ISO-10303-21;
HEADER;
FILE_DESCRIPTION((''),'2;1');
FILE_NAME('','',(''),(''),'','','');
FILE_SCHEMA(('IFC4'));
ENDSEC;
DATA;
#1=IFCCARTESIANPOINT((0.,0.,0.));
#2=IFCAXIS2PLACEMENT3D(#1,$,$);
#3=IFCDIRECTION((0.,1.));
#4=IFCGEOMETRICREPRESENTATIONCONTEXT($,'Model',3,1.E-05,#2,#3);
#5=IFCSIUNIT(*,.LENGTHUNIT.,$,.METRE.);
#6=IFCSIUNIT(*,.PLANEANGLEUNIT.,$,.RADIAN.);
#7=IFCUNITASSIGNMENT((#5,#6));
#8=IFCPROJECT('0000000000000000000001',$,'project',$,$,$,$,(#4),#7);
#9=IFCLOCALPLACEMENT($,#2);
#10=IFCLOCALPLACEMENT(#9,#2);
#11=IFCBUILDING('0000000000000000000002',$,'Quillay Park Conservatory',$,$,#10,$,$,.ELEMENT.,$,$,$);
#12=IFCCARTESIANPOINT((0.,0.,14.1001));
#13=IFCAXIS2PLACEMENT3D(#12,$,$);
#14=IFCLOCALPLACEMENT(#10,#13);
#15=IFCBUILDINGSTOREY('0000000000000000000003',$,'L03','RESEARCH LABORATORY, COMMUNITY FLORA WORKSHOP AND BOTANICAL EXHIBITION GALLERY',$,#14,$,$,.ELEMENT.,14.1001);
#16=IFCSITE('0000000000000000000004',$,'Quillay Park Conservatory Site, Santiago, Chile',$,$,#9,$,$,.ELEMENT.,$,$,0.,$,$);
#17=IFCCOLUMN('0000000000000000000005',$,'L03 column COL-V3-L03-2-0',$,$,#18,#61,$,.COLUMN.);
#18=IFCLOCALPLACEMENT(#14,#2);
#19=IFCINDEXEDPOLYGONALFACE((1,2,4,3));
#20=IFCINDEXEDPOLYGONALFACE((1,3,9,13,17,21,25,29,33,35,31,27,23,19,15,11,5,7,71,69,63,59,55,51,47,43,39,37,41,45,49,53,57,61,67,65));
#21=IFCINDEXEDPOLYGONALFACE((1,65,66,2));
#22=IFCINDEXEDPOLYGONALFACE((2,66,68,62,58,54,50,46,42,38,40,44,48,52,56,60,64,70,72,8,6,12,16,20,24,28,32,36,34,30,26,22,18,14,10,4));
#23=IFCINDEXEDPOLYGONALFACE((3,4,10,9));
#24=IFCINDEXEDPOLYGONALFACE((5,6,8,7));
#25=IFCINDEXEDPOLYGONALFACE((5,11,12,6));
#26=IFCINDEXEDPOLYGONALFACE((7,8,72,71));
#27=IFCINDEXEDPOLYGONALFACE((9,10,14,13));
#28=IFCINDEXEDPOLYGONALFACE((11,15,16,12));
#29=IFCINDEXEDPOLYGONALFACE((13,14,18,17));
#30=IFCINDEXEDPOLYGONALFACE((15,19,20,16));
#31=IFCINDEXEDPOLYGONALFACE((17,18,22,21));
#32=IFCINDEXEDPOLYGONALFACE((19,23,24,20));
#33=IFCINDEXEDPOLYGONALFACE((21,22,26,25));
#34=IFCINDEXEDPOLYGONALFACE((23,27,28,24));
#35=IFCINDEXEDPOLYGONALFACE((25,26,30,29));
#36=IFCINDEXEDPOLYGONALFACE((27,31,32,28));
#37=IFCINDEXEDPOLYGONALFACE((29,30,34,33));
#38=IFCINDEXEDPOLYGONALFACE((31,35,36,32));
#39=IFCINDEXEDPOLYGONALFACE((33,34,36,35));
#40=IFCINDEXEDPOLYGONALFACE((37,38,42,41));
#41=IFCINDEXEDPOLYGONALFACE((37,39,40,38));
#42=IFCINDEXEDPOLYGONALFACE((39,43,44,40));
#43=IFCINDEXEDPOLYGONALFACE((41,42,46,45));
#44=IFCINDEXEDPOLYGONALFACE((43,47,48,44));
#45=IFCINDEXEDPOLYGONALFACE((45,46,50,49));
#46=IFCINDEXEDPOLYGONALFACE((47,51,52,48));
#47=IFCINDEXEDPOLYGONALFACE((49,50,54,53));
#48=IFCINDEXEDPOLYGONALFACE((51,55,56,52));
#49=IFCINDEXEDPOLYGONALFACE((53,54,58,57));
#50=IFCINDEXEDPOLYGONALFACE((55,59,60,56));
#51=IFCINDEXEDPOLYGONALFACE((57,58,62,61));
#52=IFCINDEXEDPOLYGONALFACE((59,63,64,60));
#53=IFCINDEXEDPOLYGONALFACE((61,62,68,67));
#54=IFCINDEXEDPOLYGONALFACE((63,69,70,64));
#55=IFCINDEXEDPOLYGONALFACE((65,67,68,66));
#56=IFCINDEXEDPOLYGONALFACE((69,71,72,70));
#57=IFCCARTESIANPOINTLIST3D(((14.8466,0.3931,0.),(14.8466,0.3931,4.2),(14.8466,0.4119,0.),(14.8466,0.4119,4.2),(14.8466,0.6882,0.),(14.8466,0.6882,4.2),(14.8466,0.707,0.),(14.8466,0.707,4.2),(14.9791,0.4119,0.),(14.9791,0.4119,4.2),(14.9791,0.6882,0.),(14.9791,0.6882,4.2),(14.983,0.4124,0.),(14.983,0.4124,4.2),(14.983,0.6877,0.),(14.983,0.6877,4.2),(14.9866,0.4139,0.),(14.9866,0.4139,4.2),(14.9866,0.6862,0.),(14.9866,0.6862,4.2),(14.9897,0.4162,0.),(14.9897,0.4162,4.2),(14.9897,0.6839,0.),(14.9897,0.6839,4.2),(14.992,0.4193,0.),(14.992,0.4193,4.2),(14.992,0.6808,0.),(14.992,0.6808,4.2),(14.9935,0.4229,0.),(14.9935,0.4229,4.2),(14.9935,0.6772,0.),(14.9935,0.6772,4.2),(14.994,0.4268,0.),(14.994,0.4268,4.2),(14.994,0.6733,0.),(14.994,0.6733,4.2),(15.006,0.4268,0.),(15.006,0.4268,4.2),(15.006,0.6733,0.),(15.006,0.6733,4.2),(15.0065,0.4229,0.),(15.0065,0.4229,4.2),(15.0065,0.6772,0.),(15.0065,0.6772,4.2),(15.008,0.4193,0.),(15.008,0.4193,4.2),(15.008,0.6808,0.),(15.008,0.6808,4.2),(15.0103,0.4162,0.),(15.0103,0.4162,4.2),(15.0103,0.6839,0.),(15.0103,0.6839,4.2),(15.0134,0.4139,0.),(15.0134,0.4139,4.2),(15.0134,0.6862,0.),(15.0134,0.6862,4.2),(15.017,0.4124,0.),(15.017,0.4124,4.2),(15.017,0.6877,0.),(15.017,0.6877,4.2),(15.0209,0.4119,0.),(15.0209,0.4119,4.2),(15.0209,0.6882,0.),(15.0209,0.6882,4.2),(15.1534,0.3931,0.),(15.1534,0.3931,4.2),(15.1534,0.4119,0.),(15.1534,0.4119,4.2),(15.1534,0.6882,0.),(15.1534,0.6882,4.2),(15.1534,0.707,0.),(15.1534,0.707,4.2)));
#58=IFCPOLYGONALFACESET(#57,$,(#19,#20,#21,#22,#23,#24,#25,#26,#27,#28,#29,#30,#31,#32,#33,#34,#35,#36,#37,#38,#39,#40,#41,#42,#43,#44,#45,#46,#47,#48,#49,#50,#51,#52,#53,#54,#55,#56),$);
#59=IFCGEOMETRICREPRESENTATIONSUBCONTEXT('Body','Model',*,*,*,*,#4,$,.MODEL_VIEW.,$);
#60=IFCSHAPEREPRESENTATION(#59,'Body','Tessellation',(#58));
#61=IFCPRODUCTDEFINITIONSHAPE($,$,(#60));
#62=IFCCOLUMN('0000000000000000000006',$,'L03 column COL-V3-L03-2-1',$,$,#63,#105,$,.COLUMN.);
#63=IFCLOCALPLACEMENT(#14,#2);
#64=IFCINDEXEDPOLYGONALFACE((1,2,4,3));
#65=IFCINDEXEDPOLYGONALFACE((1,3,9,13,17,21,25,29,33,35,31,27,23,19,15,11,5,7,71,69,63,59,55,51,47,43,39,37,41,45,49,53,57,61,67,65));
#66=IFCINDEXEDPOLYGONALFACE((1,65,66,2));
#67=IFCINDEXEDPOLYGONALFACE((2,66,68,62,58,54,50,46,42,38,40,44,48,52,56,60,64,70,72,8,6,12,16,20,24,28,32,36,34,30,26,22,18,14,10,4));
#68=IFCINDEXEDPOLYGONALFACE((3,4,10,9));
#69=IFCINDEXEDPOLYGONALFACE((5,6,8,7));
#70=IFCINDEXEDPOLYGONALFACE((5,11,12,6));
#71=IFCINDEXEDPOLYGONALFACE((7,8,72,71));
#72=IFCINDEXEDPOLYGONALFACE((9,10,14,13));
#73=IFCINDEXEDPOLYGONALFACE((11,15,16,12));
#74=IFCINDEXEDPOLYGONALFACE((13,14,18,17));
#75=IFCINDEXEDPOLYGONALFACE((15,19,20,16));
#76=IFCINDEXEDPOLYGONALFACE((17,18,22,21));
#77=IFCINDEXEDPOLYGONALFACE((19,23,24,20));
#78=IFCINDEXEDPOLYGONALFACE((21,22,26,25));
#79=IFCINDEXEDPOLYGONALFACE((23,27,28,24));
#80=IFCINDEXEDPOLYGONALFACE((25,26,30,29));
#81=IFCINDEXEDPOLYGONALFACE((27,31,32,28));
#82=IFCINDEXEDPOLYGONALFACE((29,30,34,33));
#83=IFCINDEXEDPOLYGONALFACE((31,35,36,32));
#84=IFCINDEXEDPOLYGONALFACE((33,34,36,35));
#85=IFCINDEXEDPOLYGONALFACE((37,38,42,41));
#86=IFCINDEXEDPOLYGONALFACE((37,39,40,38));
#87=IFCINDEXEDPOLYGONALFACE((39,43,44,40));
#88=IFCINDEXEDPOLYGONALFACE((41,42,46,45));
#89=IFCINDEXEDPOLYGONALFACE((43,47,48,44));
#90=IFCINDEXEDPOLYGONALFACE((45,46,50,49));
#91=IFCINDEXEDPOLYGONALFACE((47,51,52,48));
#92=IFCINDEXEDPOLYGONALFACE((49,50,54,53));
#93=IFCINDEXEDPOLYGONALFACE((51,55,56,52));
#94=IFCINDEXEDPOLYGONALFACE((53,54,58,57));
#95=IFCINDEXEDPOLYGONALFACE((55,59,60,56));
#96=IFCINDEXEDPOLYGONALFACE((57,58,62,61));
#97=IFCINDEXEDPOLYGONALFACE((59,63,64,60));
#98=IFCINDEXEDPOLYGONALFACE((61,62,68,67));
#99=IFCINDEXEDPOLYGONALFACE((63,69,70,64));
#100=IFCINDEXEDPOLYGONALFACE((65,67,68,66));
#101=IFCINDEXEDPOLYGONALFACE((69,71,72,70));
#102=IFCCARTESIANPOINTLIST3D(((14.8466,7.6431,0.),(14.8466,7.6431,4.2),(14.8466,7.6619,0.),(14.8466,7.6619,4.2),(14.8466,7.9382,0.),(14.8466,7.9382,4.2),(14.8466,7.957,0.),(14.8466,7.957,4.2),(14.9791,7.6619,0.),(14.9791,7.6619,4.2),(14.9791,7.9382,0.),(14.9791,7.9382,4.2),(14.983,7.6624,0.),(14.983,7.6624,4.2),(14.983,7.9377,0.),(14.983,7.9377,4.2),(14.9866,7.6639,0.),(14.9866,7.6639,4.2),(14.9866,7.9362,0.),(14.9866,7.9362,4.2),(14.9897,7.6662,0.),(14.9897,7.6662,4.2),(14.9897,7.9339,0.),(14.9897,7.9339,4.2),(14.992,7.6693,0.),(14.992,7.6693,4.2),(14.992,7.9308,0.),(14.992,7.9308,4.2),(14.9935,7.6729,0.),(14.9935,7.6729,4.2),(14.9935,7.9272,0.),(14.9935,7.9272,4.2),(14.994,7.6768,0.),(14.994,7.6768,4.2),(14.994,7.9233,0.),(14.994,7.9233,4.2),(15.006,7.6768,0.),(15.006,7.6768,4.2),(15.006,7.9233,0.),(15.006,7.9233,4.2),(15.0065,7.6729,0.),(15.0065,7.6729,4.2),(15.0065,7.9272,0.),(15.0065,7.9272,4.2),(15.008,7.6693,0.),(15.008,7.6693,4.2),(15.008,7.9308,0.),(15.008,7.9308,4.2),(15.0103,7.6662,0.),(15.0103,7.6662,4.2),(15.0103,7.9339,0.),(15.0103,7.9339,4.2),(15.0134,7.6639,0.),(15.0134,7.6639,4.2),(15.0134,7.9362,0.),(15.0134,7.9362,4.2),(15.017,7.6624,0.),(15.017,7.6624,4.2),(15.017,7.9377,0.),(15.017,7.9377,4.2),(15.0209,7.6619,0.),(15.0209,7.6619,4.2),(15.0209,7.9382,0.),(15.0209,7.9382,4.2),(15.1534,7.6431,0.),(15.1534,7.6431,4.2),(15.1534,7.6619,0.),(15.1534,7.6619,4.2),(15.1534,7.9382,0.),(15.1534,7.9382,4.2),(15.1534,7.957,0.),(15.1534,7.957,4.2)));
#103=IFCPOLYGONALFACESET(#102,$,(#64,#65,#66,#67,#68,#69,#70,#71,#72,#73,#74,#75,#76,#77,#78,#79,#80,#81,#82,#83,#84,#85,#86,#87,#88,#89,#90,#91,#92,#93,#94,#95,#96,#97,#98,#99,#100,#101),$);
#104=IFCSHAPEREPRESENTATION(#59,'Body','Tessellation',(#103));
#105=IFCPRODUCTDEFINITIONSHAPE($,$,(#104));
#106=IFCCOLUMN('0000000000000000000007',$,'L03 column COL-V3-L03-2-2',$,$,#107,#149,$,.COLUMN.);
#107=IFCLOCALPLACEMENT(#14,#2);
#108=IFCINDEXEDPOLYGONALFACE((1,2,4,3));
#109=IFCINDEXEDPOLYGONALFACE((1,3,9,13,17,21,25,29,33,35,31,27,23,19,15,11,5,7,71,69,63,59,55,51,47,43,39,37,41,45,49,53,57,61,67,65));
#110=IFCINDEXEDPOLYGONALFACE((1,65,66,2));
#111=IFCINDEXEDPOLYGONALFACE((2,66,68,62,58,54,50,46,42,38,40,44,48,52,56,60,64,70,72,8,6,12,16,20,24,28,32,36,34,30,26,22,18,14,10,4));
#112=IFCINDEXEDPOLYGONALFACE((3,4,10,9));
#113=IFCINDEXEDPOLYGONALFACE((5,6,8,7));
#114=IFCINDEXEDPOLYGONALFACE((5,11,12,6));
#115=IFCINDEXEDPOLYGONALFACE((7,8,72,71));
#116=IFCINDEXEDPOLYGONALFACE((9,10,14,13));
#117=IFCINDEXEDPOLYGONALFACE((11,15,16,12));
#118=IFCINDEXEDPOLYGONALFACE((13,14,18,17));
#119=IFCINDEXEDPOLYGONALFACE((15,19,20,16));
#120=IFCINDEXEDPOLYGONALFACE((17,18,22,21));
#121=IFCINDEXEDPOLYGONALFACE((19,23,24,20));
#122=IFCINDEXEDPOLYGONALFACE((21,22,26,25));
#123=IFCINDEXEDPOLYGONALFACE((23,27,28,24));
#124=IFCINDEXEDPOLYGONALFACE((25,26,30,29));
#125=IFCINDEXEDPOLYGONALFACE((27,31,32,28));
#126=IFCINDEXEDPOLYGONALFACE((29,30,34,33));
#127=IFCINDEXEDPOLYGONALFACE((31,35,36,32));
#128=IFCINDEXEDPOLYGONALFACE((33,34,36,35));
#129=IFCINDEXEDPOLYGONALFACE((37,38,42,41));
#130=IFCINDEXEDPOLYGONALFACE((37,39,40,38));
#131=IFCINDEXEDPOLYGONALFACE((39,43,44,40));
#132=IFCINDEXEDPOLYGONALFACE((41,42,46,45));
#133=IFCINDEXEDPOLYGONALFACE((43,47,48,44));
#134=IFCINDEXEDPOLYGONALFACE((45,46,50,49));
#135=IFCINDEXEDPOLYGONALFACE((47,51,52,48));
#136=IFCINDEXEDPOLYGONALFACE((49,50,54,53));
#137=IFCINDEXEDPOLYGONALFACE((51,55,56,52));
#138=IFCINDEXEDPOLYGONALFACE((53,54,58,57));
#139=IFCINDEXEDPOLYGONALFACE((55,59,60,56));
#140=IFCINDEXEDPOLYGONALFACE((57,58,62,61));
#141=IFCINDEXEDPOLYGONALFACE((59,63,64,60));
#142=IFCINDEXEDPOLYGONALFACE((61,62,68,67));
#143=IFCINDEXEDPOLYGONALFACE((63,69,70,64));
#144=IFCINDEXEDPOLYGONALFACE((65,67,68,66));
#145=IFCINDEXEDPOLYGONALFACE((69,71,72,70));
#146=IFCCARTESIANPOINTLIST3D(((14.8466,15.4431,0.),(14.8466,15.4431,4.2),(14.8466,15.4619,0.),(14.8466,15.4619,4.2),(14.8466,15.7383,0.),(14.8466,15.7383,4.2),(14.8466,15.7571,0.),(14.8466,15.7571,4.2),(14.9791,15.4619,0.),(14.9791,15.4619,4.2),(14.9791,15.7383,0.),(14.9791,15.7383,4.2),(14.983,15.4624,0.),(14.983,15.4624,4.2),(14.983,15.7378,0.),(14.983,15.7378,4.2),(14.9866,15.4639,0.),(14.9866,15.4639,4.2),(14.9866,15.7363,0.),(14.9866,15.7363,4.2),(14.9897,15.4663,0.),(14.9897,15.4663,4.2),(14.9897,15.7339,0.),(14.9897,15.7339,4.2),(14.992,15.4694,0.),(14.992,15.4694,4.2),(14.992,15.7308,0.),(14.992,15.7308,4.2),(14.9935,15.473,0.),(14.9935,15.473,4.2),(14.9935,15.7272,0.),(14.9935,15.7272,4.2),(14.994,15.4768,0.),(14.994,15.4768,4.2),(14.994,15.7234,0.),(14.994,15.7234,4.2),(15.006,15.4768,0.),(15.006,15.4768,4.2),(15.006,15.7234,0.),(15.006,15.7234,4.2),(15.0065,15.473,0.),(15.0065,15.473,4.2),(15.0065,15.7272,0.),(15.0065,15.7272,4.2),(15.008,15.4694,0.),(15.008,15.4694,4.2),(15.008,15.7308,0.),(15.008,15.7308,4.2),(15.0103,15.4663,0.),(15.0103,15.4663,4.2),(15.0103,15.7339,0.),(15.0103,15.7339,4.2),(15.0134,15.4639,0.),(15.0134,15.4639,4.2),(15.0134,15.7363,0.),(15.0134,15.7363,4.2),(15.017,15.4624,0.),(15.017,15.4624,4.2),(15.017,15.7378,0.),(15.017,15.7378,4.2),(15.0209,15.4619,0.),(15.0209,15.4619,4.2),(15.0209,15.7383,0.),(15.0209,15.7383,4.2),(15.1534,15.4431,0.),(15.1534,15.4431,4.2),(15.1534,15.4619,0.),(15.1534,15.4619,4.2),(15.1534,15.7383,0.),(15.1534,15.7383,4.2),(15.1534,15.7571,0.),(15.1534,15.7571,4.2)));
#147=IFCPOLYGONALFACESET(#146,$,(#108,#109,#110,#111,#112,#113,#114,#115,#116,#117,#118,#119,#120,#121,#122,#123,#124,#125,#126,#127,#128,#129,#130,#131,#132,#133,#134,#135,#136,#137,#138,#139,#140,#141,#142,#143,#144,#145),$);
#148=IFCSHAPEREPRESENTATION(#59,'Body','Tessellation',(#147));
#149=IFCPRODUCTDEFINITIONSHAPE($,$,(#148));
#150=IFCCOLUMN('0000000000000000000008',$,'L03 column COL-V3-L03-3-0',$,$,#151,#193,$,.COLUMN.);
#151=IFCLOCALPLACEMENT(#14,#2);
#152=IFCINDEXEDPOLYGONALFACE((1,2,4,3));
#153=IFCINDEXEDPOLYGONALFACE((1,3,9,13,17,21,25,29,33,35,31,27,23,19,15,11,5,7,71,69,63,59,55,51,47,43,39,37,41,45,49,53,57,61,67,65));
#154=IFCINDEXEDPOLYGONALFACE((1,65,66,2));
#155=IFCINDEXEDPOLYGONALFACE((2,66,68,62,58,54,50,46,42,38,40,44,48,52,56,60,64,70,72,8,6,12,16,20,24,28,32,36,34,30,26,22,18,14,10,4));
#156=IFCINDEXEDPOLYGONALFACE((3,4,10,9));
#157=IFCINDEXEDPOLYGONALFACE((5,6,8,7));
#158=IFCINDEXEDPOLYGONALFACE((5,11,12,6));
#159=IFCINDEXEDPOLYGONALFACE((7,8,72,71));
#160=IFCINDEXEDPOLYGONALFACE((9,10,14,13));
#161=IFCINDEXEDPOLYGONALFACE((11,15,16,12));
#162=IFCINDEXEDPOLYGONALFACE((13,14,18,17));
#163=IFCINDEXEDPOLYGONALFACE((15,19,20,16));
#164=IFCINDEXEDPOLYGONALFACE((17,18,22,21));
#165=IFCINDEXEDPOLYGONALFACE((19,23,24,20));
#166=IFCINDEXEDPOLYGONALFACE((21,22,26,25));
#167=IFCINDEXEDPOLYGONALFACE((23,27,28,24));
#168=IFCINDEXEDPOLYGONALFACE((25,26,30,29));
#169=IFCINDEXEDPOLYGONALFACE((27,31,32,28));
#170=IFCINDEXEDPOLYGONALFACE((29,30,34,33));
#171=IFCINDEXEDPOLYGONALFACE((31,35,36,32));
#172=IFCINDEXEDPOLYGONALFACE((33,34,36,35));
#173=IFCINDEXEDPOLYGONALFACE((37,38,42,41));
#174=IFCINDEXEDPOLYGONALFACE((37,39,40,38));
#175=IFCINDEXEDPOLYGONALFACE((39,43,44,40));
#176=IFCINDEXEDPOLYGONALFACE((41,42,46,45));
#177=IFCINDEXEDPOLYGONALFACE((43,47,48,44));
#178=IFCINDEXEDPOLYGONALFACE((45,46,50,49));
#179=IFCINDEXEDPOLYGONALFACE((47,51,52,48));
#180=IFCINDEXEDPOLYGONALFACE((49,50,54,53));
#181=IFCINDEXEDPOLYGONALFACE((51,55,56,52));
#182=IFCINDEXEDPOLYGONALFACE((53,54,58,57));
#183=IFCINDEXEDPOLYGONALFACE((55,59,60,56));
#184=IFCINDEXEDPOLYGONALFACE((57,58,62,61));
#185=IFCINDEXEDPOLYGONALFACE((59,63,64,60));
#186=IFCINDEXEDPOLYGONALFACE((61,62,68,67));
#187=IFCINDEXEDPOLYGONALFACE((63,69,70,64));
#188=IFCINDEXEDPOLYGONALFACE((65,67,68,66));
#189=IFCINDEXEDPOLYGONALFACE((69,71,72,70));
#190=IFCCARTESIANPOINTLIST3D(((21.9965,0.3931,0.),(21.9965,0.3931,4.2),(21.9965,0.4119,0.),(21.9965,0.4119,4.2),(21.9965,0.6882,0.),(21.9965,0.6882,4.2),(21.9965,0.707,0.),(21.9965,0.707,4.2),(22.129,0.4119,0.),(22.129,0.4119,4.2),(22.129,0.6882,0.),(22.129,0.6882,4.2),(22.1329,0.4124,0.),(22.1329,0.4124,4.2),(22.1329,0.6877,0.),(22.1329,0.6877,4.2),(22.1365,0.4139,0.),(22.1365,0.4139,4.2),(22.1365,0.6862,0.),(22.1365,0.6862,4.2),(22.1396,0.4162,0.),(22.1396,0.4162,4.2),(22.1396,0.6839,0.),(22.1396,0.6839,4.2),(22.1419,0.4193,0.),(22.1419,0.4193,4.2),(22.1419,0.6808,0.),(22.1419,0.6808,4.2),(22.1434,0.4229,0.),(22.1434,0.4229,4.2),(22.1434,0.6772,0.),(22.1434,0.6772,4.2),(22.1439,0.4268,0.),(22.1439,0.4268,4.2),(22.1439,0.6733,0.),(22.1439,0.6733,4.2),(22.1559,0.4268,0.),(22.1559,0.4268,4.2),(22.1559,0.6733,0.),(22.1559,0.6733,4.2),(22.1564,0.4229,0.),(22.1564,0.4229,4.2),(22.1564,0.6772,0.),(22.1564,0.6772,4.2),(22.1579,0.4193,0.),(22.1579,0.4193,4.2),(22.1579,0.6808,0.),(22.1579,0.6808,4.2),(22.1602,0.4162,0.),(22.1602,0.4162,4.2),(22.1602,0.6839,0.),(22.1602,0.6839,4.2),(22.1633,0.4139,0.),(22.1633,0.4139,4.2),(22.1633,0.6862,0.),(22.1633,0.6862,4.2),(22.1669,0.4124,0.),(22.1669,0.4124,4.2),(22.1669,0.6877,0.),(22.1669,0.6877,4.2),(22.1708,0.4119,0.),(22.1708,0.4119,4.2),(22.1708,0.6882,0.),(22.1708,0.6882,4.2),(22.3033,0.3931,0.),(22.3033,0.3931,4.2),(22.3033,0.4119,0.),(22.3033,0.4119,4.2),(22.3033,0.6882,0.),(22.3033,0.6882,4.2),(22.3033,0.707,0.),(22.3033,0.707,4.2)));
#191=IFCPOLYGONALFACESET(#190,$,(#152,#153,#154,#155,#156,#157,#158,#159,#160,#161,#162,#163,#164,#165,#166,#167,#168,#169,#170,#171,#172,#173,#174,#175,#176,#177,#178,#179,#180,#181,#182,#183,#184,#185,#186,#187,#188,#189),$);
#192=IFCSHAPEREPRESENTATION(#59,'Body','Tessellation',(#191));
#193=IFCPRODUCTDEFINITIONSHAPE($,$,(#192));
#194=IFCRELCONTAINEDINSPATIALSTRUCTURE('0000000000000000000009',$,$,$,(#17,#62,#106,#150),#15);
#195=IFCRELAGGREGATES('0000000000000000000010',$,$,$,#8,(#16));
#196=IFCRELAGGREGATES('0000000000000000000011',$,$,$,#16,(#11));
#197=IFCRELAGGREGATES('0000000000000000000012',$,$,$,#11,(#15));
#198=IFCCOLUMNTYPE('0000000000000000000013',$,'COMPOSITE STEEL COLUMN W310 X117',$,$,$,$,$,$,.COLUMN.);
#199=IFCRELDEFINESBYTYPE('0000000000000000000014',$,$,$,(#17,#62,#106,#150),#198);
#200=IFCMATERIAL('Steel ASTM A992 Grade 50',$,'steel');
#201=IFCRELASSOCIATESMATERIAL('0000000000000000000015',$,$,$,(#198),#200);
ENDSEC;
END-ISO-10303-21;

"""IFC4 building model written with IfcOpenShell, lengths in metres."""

from ifc_helpers import new_model, si_unit, direction, frame, origin, origin_2d, place, context, subcontext, project, spatial, i_section, extrude, material, material_profile, profile_set, type_object, element, save


model = new_model("IFC4")

# Units and contexts
model_context = context("Model", 3, precision=1e-05, world=origin(), true_north=direction((0.0, 1.0)))
body_context = subcontext(model_context, "Body", "Model", "MODEL_VIEW")
ifc_project = project(units=[si_unit("LENGTHUNIT", "METRE"), si_unit("PLANEANGLEUNIT", "RADIAN")], contexts=[model_context])

# Site, building, storey
site_placement = place(None, origin())
site = spatial("IfcSite", under=ifc_project, at=site_placement, Name="Quillay Park Conservatory Site, Santiago, Chile", CompositionType="ELEMENT", RefElevation=0.0)
building_placement = place(site_placement, origin())
building = spatial("IfcBuilding", under=site, at=building_placement, Name="Quillay Park Conservatory", CompositionType="ELEMENT")
storey_placement = place(building_placement, frame((0.0, 0.0, 14.1001)))
storey = spatial("IfcBuildingStorey", under=building, at=storey_placement, Name="L03", Description="RESEARCH LABORATORY, COMMUNITY FLORA WORKSHOP AND BOTANICAL EXHIBITION GALLERY", CompositionType="ELEMENT", Elevation=14.1001)

# Columns
ifc_material_1 = material(Name="Steel ASTM A992 Grade 50", Category="steel")
ifc_material_profile_1 = material_profile(ifc_material_1, i_section(OverallWidth=0.3069, OverallDepth=0.314, WebThickness=0.012, FlangeThickness=0.0188, FilletRadius=0.0149, at=origin_2d()), Name="W310x117")
ifc_profile_set_1 = profile_set([ifc_material_profile_1], Name="Steel ASTM A992 Grade 50")
column_type = type_object("IfcColumnType", Name="COMPOSITE STEEL COLUMN W310 X117", PredefinedType="COLUMN", material=ifc_profile_set_1)
for number, where, z_axis, x_axis, name in (
    (1, (15.0, 0.55, 0.0), (0.0, 0.0, 1.0), (1.0, 0.0, 0.0), "L03 column COL-V3-L03-2-0"),
    (2, (15.0, 7.8, 0.0), (0.0, 0.0, 1.0), (1.0, 0.0, 0.0), "L03 column COL-V3-L03-2-1"),
    (3, (15.0, 15.6001, 0.0), (0.0, 0.0, 1.0), (1.0, 0.0, 0.0), "L03 column COL-V3-L03-2-2"),
    (4, (22.1499, 0.55, 0.0), (0.0, 0.0, 1.0), (1.0, 0.0, 0.0), "L03 column COL-V3-L03-3-0"),
):
    element("IfcColumn", number, at=place(storey_placement, frame(where, z_axis=z_axis, x_axis=x_axis)), inside=storey, type_object=column_type, Name=name, PredefinedType="COLUMN", context=body_context, shape_type="SweptSolid", body=[
        extrude(i_section(OverallWidth=0.3069, OverallDepth=0.314, WebThickness=0.012, FlangeThickness=0.0188, FilletRadius=0.0149, at=origin_2d()), origin(), (0.0, 0.0, 1.0), 4.2),
    ])

save(model, "model.ifc")
